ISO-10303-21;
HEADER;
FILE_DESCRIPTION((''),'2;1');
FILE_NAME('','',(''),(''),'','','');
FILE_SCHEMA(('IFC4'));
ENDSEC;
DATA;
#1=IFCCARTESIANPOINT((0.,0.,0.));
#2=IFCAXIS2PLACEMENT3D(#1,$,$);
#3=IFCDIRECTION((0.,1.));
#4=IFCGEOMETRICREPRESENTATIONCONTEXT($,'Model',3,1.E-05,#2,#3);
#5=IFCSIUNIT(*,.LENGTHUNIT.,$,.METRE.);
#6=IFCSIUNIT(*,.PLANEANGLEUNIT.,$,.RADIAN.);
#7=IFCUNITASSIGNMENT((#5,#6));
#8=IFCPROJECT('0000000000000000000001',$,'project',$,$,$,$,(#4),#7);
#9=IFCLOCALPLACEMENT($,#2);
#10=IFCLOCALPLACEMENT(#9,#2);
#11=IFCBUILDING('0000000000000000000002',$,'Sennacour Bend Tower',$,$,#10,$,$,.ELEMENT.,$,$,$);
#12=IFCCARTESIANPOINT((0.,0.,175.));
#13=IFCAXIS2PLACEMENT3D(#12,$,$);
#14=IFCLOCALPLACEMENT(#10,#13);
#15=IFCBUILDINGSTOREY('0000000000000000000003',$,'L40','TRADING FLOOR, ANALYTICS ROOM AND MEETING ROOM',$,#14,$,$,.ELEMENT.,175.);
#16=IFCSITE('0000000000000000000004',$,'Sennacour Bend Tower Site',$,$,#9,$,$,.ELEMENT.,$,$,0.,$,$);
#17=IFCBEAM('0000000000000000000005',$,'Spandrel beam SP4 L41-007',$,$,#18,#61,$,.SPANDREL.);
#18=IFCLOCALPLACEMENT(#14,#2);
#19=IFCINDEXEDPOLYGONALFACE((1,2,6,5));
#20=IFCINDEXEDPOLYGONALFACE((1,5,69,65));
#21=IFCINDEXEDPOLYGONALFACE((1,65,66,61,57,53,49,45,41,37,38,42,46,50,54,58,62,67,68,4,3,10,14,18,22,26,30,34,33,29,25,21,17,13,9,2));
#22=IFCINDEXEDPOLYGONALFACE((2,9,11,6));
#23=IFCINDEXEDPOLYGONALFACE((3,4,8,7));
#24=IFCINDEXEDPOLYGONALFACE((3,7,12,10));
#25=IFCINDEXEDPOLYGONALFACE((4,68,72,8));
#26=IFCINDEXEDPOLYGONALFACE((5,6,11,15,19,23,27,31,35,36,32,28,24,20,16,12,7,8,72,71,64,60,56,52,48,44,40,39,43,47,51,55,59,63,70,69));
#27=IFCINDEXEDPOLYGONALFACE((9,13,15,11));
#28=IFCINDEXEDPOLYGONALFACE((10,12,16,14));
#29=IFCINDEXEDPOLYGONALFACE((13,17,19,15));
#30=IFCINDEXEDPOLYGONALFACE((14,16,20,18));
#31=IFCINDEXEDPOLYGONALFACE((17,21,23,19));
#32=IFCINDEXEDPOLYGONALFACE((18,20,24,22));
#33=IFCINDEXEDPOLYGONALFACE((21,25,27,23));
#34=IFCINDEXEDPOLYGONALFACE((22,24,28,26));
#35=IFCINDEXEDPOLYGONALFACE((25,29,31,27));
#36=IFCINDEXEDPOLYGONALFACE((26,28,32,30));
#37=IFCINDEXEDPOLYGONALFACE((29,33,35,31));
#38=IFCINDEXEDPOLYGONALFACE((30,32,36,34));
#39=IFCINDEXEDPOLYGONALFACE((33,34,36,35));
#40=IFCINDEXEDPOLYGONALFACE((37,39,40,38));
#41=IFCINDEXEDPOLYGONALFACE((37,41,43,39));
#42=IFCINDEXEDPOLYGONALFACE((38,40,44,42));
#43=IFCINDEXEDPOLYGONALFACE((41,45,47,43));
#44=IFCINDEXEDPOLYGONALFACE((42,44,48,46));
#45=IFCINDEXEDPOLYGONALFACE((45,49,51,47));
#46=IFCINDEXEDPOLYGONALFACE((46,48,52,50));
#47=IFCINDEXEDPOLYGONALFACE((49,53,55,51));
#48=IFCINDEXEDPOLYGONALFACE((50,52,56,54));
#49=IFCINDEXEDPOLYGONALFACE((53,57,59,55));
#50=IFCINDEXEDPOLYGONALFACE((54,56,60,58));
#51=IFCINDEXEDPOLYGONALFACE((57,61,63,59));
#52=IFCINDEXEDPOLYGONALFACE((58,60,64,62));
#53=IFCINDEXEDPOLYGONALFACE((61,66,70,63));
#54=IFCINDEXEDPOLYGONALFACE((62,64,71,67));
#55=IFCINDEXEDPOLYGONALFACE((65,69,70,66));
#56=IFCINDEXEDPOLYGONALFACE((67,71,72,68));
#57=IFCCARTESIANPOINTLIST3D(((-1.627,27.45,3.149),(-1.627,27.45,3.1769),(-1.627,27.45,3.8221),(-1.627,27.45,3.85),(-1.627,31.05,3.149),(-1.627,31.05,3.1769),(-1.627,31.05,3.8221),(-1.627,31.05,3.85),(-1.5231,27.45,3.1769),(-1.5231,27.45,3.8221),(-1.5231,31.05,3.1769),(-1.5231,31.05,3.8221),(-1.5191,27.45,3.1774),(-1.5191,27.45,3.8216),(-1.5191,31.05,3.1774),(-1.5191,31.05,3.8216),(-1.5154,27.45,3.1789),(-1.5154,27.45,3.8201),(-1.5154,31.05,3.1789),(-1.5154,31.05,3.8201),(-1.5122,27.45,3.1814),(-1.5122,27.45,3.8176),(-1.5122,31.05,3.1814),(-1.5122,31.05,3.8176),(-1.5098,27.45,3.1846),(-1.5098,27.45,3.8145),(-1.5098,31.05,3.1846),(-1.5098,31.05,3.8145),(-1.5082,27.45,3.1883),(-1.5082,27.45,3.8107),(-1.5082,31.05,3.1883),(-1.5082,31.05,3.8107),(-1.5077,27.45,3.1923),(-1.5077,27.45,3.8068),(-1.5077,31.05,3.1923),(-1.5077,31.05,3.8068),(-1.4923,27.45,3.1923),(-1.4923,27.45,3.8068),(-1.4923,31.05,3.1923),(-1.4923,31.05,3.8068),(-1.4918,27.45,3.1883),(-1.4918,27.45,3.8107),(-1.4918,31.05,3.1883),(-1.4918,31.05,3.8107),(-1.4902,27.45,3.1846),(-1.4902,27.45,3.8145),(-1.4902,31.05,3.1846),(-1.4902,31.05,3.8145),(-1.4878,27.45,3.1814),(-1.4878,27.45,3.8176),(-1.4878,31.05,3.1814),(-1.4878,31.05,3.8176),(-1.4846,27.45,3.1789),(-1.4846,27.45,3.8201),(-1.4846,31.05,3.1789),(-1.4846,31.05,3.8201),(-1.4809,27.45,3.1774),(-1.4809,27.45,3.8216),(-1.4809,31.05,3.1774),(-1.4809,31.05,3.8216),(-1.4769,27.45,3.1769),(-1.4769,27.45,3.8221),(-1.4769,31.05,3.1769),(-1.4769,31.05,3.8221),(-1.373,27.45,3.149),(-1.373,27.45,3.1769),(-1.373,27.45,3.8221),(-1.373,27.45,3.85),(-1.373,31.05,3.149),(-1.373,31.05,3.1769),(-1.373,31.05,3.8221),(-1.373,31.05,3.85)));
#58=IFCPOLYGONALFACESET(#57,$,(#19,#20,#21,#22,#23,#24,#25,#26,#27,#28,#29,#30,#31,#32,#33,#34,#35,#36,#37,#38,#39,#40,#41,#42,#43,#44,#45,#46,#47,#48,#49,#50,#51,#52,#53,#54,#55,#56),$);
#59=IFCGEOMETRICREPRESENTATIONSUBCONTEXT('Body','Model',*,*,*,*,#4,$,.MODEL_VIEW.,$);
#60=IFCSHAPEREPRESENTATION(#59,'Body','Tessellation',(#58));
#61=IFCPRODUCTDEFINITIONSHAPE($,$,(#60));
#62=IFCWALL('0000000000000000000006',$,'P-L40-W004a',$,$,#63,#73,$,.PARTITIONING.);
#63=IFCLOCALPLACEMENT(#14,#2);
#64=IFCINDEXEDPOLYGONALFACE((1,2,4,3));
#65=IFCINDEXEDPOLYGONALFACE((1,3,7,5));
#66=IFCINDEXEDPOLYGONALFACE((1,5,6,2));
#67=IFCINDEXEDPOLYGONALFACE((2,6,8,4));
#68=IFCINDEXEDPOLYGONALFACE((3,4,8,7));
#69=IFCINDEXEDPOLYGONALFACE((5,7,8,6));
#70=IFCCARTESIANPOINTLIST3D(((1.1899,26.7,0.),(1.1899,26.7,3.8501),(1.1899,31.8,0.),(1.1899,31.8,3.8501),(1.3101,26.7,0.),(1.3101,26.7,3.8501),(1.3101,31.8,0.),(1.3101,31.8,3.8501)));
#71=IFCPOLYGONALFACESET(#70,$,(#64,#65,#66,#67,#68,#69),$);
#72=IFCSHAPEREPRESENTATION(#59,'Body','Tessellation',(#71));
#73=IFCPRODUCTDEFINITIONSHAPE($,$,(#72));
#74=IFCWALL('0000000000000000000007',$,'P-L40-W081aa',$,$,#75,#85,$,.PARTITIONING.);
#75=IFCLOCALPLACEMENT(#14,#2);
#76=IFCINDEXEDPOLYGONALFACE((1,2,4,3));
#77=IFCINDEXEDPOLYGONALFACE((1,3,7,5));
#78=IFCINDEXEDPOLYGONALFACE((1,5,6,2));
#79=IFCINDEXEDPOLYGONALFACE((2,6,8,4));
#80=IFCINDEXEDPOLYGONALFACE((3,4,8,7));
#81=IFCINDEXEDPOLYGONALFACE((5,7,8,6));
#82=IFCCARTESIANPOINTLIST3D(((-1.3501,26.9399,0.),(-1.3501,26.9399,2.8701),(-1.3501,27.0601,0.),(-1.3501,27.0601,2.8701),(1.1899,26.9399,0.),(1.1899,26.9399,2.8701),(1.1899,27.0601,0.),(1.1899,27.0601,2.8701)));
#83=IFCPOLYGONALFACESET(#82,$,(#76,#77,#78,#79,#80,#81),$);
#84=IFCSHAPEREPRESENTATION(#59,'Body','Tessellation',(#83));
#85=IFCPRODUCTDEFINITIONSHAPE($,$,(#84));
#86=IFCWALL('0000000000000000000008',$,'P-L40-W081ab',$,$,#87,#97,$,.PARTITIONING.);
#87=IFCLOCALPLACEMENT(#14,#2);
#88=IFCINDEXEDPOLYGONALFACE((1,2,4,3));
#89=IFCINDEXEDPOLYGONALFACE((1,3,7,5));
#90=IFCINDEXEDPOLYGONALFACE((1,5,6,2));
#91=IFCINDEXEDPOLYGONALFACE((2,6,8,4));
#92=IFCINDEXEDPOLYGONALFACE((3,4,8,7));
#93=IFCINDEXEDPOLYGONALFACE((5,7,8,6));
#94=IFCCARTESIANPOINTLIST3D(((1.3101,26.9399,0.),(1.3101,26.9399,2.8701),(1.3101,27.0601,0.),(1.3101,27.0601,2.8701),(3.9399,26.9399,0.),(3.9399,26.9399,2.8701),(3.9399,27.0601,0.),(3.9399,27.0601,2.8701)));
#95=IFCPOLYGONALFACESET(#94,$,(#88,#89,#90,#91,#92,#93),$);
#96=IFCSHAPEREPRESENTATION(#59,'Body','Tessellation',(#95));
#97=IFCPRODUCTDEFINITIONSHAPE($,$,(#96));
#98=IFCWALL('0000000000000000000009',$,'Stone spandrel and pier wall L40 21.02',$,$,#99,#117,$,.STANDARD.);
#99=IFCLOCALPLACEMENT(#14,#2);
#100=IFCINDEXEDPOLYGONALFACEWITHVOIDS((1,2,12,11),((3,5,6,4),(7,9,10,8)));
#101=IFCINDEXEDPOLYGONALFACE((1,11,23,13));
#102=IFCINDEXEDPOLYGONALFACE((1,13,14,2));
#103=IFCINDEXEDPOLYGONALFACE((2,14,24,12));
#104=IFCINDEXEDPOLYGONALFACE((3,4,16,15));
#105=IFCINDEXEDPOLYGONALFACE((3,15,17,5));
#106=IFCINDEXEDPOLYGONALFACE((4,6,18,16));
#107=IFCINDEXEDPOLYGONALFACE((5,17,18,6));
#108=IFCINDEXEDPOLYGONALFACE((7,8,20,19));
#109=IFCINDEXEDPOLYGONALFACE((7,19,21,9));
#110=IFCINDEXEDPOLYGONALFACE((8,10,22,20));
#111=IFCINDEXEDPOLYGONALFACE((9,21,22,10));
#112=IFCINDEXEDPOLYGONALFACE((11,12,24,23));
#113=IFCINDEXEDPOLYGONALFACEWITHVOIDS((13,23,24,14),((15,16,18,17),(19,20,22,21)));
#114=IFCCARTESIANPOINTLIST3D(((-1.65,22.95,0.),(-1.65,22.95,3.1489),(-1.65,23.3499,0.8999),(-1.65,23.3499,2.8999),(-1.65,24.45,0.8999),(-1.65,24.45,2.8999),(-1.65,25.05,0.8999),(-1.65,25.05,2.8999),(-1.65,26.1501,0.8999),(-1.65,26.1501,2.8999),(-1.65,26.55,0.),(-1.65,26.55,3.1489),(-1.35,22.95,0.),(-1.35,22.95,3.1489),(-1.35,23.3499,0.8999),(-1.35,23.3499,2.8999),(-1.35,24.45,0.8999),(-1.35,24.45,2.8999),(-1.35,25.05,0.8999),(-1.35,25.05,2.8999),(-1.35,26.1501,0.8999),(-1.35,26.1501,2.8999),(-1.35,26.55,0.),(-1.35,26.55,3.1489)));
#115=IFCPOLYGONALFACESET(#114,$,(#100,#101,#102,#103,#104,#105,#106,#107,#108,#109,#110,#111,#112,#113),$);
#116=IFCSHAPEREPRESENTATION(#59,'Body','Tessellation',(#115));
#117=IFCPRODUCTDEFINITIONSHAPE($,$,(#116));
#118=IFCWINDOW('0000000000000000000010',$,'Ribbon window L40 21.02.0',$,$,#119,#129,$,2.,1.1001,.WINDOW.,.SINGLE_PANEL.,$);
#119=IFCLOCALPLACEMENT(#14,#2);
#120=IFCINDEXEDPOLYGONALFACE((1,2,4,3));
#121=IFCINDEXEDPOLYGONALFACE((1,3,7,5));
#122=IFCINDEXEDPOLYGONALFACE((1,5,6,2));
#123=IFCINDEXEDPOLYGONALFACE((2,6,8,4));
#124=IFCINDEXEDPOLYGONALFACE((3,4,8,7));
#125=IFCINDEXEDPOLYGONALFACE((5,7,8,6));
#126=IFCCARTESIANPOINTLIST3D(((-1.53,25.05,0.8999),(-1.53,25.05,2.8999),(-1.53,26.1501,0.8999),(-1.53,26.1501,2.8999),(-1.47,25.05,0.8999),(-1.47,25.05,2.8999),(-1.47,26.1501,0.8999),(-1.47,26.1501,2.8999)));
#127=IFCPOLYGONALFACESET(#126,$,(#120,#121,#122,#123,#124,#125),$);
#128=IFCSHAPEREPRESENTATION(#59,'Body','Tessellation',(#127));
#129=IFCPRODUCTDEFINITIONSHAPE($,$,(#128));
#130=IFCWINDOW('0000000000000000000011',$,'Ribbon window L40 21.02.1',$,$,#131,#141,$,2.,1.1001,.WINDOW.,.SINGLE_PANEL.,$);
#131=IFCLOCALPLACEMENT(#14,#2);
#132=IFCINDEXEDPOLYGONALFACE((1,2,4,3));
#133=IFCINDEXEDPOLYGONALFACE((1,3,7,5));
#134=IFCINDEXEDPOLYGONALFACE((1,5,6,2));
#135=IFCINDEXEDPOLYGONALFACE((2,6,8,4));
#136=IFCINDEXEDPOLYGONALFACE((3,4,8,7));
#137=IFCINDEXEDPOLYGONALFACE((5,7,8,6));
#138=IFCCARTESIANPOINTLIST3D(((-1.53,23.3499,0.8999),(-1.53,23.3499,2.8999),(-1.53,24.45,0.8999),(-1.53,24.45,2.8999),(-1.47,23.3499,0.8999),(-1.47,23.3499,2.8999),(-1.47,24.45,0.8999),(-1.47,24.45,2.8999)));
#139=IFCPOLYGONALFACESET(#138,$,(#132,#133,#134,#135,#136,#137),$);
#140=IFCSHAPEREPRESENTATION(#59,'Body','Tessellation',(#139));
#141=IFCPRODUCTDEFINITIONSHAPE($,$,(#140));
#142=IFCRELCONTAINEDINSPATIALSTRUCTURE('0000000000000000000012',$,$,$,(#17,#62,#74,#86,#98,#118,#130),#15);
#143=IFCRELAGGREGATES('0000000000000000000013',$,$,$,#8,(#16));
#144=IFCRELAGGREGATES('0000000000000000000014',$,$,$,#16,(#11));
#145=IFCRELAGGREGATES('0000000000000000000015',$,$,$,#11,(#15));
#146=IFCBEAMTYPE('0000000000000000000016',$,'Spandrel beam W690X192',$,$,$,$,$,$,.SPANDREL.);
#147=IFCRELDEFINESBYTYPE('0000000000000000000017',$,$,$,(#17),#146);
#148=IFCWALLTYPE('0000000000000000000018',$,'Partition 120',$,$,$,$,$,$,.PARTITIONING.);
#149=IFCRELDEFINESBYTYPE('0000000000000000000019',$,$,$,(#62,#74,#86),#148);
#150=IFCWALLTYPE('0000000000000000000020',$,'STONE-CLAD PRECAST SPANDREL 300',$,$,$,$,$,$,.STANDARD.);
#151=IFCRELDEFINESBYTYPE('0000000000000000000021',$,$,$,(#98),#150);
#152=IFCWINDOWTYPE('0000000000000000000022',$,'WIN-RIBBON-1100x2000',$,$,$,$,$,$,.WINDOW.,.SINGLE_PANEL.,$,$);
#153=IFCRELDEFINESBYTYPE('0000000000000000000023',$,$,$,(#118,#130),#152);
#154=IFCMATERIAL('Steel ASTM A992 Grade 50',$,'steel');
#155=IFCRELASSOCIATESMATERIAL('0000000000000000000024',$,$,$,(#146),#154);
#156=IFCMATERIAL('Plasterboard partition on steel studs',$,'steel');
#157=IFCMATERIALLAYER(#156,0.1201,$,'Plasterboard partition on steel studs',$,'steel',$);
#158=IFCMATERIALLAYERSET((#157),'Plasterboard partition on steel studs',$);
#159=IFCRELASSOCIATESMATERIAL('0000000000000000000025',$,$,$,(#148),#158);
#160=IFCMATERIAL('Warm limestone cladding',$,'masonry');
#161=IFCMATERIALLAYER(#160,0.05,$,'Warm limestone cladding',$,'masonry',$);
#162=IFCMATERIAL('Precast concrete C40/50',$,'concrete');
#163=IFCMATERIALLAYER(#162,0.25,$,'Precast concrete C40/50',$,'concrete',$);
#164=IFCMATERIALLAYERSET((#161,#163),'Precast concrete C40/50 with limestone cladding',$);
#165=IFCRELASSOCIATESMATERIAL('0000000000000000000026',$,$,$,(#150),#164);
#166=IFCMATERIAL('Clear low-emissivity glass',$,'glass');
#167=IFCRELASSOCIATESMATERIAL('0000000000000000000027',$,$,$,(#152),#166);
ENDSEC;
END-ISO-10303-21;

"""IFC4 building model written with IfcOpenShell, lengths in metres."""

from ifc_helpers import new_model, si_unit, direction, frame, frame_2d, origin, origin_2d, place, context, subcontext, project, spatial, rectangle, i_section, extrude, material, layer, layer_set, material_profile, profile_set, type_object, element, fill, save


model = new_model("IFC4")

# Units and contexts
model_context = context("Model", 3, precision=1e-05, world=origin(), true_north=direction((0.0, 1.0)))
body_context = subcontext(model_context, "Body", "Model", "MODEL_VIEW")
ifc_project = project(units=[si_unit("LENGTHUNIT", "METRE"), si_unit("PLANEANGLEUNIT", "RADIAN")], contexts=[model_context])

# Site, building, storey
site_placement = place(None, origin())
site = spatial("IfcSite", under=ifc_project, at=site_placement, Name="Sennacour Bend Tower Site", CompositionType="ELEMENT", RefElevation=0.0)
building_placement = place(site_placement, origin())
building = spatial("IfcBuilding", under=site, at=building_placement, Name="Sennacour Bend Tower", CompositionType="ELEMENT")
storey_placement = place(building_placement, frame((0.0, 0.0, 175.0)))
storey = spatial("IfcBuildingStorey", under=building, at=storey_placement, Name="L40", Description="TRADING FLOOR, ANALYTICS ROOM AND MEETING ROOM", CompositionType="ELEMENT", Elevation=175.0)

# Beam
ifc_material_1 = material(Name="Steel ASTM A992 Grade 50", Category="steel")
ifc_material_profile_1 = material_profile(ifc_material_1, i_section(OverallWidth=0.2539, OverallDepth=0.7009, WebThickness=0.0154, FlangeThickness=0.0278, FilletRadius=0.0154, at=origin_2d()), Name="Steel ASTM A992 Grade 50", Category="steel")
ifc_profile_set_1 = profile_set([ifc_material_profile_1], Name="Steel ASTM A992 Grade 50")
beam_type_1 = type_object("IfcBeamType", Name="Spandrel beam W690X192", PredefinedType="SPANDREL", material=ifc_profile_set_1)
for number, where, z_axis, x_axis, name in (
    (1, (-1.5, 27.45, 3.4995), (0.0, 1.0, 0.0), (-1.0, 0.0, 0.0), "Spandrel beam SP4 L41-007"),
):
    element("IfcBeam", number, at=place(storey_placement, frame(where, z_axis=z_axis, x_axis=x_axis)), inside=storey, type_object=beam_type_1, Name=name, PredefinedType="SPANDREL", context=body_context, shape_type="SweptSolid", body=[
        extrude(i_section(OverallWidth=0.2539, OverallDepth=0.7009, WebThickness=0.0154, FlangeThickness=0.0278, FilletRadius=0.0154, at=origin_2d()), origin(), (0.0, 0.0, 1.0), 3.6001),
    ])

# Walls
ifc_material_2 = material(Name="Plasterboard partition on steel studs", Category="steel")
ifc_layer_1 = layer(ifc_material_2, 0.1201, Name="Plasterboard partition on steel studs", Category="steel")
ifc_layer_set_1 = layer_set([ifc_layer_1], Name="Plasterboard partition on steel studs")
wall_type_1 = type_object("IfcWallType", Name="Partition 120", PredefinedType="PARTITIONING", material=ifc_layer_set_1)
wall_1_placement = place(storey_placement, frame((1.25, 26.7, 0.0), z_axis=(0.0, 0.0, 1.0), x_axis=(0.0, 1.0, 0.0)))
element("IfcWall", 2, at=wall_1_placement, inside=storey, type_object=wall_type_1, Name="P-L40-W004a", PredefinedType="PARTITIONING", context=body_context, shape_type="SweptSolid", body=[
    extrude(rectangle(XDim=5.1001, YDim=0.1201, at=frame_2d((2.55, 0.0))), origin(), (0.0, 0.0, 1.0), 3.8501),
])
wall_2_placement = place(storey_placement, frame((-1.3501, 27.0, 0.0), z_axis=(0.0, 0.0, 1.0), x_axis=(1.0, 0.0, 0.0)))
element("IfcWall", 3, at=wall_2_placement, inside=storey, type_object=wall_type_1, Name="P-L40-W081aa", PredefinedType="PARTITIONING", context=body_context, shape_type="SweptSolid", body=[
    extrude(rectangle(XDim=2.54, YDim=0.1201, at=frame_2d((1.27, 0.0))), origin(), (0.0, 0.0, 1.0), 2.8701),
])
wall_3_placement = place(storey_placement, frame((1.3101, 27.0, 0.0), z_axis=(0.0, 0.0, 1.0), x_axis=(1.0, 0.0, 0.0)))
element("IfcWall", 4, at=wall_3_placement, inside=storey, type_object=wall_type_1, Name="P-L40-W081ab", PredefinedType="PARTITIONING", context=body_context, shape_type="SweptSolid", body=[
    extrude(rectangle(XDim=2.6299, YDim=0.1201, at=frame_2d((1.3149, 0.0))), origin(), (0.0, 0.0, 1.0), 2.8701),
])

# Wall, openings, windows
ifc_material_3 = material(Name="Warm limestone cladding", Category="masonry")
ifc_layer_2 = layer(ifc_material_3, 0.05, Name="Warm limestone cladding", Category="masonry")
ifc_material_4 = material(Name="Precast concrete C40/50", Category="concrete")
ifc_layer_3 = layer(ifc_material_4, 0.25, Name="Precast concrete C40/50", Category="concrete")
ifc_layer_set_2 = layer_set([ifc_layer_2, ifc_layer_3], Name="Precast concrete C40/50 with limestone cladding")
wall_type_2 = type_object("IfcWallType", Name="STONE-CLAD PRECAST SPANDREL 300", PredefinedType="STANDARD", material=ifc_layer_set_2)
wall_4_placement = place(storey_placement, frame((-1.5, 26.55, 0.0), z_axis=(0.0, 0.0, 1.0), x_axis=(0.0, -1.0, 0.0)))
wall_4 = element("IfcWall", 5, at=wall_4_placement, inside=storey, type_object=wall_type_2, Name="Stone spandrel and pier wall L40 21.02", PredefinedType="STANDARD", context=body_context, shape_type="SweptSolid", body=[
    extrude(rectangle(XDim=3.6001, YDim=0.3, at=frame_2d((1.8, 0.0))), origin(), (0.0, 0.0, 1.0), 3.1489),
])
opening_1_placement = place(wall_4_placement, frame((0.3999, 0.0, 0.8999)))
opening_1 = element("IfcOpeningElement", 6, at=opening_1_placement, cuts=wall_4, PredefinedType="OPENING", context=body_context, shape_type="SweptSolid", body=[
    extrude(rectangle(XDim=1.1001, YDim=2.0, at=frame_2d((0.55, 1.0))), frame((0.0, 0.1602, 0.0), z_axis=(0.0, -1.0, 0.0), x_axis=(1.0, 0.0, 0.0)), (0.0, 0.0, 1.0), 0.3201),
])
opening_2_placement = place(wall_4_placement, frame((2.1001, 0.0, 0.8999)))
opening_2 = element("IfcOpeningElement", 7, at=opening_2_placement, cuts=wall_4, PredefinedType="OPENING", context=body_context, shape_type="SweptSolid", body=[
    extrude(rectangle(XDim=1.1001, YDim=2.0, at=frame_2d((0.55, 1.0))), frame((0.0, 0.1602, 0.0), z_axis=(0.0, -1.0, 0.0), x_axis=(1.0, 0.0, 0.0)), (0.0, 0.0, 1.0), 0.3201),
])
ifc_material_5 = material(Name="Clear low-emissivity glass", Category="glass")
window_type = type_object("IfcWindowType", Name="WIN-RIBBON-1100x2000", PartitioningType="SINGLE_PANEL", PredefinedType="WINDOW", material=ifc_material_5)
window_1_placement = place(opening_1_placement, origin())
window_1 = element("IfcWindow", 8, at=window_1_placement, inside=storey, type_object=window_type, Name="Ribbon window L40 21.02.0", OverallHeight=2.0, OverallWidth=1.1001, PartitioningType="SINGLE_PANEL", PredefinedType="WINDOW", context=body_context, shape_type="SweptSolid", body=[
    extrude(rectangle(XDim=1.1001, YDim=2.0, at=frame_2d((0.55, 1.0))), frame((0.0, 0.03, 0.0), z_axis=(0.0, -1.0, 0.0), x_axis=(1.0, 0.0, 0.0)), (0.0, 0.0, 1.0), 0.0601),
])
fill(opening_1, window_1)
window_2_placement = place(opening_2_placement, origin())
window_2 = element("IfcWindow", 9, at=window_2_placement, inside=storey, type_object=window_type, Name="Ribbon window L40 21.02.1", OverallHeight=2.0, OverallWidth=1.1001, PartitioningType="SINGLE_PANEL", PredefinedType="WINDOW", context=body_context, shape_type="SweptSolid", body=[
    extrude(rectangle(XDim=1.1001, YDim=2.0, at=frame_2d((0.55, 1.0))), frame((0.0, 0.03, 0.0), z_axis=(0.0, -1.0, 0.0), x_axis=(1.0, 0.0, 0.0)), (0.0, 0.0, 1.0), 0.0601),
])
fill(opening_2, window_2)

save(model, "model.ifc")
